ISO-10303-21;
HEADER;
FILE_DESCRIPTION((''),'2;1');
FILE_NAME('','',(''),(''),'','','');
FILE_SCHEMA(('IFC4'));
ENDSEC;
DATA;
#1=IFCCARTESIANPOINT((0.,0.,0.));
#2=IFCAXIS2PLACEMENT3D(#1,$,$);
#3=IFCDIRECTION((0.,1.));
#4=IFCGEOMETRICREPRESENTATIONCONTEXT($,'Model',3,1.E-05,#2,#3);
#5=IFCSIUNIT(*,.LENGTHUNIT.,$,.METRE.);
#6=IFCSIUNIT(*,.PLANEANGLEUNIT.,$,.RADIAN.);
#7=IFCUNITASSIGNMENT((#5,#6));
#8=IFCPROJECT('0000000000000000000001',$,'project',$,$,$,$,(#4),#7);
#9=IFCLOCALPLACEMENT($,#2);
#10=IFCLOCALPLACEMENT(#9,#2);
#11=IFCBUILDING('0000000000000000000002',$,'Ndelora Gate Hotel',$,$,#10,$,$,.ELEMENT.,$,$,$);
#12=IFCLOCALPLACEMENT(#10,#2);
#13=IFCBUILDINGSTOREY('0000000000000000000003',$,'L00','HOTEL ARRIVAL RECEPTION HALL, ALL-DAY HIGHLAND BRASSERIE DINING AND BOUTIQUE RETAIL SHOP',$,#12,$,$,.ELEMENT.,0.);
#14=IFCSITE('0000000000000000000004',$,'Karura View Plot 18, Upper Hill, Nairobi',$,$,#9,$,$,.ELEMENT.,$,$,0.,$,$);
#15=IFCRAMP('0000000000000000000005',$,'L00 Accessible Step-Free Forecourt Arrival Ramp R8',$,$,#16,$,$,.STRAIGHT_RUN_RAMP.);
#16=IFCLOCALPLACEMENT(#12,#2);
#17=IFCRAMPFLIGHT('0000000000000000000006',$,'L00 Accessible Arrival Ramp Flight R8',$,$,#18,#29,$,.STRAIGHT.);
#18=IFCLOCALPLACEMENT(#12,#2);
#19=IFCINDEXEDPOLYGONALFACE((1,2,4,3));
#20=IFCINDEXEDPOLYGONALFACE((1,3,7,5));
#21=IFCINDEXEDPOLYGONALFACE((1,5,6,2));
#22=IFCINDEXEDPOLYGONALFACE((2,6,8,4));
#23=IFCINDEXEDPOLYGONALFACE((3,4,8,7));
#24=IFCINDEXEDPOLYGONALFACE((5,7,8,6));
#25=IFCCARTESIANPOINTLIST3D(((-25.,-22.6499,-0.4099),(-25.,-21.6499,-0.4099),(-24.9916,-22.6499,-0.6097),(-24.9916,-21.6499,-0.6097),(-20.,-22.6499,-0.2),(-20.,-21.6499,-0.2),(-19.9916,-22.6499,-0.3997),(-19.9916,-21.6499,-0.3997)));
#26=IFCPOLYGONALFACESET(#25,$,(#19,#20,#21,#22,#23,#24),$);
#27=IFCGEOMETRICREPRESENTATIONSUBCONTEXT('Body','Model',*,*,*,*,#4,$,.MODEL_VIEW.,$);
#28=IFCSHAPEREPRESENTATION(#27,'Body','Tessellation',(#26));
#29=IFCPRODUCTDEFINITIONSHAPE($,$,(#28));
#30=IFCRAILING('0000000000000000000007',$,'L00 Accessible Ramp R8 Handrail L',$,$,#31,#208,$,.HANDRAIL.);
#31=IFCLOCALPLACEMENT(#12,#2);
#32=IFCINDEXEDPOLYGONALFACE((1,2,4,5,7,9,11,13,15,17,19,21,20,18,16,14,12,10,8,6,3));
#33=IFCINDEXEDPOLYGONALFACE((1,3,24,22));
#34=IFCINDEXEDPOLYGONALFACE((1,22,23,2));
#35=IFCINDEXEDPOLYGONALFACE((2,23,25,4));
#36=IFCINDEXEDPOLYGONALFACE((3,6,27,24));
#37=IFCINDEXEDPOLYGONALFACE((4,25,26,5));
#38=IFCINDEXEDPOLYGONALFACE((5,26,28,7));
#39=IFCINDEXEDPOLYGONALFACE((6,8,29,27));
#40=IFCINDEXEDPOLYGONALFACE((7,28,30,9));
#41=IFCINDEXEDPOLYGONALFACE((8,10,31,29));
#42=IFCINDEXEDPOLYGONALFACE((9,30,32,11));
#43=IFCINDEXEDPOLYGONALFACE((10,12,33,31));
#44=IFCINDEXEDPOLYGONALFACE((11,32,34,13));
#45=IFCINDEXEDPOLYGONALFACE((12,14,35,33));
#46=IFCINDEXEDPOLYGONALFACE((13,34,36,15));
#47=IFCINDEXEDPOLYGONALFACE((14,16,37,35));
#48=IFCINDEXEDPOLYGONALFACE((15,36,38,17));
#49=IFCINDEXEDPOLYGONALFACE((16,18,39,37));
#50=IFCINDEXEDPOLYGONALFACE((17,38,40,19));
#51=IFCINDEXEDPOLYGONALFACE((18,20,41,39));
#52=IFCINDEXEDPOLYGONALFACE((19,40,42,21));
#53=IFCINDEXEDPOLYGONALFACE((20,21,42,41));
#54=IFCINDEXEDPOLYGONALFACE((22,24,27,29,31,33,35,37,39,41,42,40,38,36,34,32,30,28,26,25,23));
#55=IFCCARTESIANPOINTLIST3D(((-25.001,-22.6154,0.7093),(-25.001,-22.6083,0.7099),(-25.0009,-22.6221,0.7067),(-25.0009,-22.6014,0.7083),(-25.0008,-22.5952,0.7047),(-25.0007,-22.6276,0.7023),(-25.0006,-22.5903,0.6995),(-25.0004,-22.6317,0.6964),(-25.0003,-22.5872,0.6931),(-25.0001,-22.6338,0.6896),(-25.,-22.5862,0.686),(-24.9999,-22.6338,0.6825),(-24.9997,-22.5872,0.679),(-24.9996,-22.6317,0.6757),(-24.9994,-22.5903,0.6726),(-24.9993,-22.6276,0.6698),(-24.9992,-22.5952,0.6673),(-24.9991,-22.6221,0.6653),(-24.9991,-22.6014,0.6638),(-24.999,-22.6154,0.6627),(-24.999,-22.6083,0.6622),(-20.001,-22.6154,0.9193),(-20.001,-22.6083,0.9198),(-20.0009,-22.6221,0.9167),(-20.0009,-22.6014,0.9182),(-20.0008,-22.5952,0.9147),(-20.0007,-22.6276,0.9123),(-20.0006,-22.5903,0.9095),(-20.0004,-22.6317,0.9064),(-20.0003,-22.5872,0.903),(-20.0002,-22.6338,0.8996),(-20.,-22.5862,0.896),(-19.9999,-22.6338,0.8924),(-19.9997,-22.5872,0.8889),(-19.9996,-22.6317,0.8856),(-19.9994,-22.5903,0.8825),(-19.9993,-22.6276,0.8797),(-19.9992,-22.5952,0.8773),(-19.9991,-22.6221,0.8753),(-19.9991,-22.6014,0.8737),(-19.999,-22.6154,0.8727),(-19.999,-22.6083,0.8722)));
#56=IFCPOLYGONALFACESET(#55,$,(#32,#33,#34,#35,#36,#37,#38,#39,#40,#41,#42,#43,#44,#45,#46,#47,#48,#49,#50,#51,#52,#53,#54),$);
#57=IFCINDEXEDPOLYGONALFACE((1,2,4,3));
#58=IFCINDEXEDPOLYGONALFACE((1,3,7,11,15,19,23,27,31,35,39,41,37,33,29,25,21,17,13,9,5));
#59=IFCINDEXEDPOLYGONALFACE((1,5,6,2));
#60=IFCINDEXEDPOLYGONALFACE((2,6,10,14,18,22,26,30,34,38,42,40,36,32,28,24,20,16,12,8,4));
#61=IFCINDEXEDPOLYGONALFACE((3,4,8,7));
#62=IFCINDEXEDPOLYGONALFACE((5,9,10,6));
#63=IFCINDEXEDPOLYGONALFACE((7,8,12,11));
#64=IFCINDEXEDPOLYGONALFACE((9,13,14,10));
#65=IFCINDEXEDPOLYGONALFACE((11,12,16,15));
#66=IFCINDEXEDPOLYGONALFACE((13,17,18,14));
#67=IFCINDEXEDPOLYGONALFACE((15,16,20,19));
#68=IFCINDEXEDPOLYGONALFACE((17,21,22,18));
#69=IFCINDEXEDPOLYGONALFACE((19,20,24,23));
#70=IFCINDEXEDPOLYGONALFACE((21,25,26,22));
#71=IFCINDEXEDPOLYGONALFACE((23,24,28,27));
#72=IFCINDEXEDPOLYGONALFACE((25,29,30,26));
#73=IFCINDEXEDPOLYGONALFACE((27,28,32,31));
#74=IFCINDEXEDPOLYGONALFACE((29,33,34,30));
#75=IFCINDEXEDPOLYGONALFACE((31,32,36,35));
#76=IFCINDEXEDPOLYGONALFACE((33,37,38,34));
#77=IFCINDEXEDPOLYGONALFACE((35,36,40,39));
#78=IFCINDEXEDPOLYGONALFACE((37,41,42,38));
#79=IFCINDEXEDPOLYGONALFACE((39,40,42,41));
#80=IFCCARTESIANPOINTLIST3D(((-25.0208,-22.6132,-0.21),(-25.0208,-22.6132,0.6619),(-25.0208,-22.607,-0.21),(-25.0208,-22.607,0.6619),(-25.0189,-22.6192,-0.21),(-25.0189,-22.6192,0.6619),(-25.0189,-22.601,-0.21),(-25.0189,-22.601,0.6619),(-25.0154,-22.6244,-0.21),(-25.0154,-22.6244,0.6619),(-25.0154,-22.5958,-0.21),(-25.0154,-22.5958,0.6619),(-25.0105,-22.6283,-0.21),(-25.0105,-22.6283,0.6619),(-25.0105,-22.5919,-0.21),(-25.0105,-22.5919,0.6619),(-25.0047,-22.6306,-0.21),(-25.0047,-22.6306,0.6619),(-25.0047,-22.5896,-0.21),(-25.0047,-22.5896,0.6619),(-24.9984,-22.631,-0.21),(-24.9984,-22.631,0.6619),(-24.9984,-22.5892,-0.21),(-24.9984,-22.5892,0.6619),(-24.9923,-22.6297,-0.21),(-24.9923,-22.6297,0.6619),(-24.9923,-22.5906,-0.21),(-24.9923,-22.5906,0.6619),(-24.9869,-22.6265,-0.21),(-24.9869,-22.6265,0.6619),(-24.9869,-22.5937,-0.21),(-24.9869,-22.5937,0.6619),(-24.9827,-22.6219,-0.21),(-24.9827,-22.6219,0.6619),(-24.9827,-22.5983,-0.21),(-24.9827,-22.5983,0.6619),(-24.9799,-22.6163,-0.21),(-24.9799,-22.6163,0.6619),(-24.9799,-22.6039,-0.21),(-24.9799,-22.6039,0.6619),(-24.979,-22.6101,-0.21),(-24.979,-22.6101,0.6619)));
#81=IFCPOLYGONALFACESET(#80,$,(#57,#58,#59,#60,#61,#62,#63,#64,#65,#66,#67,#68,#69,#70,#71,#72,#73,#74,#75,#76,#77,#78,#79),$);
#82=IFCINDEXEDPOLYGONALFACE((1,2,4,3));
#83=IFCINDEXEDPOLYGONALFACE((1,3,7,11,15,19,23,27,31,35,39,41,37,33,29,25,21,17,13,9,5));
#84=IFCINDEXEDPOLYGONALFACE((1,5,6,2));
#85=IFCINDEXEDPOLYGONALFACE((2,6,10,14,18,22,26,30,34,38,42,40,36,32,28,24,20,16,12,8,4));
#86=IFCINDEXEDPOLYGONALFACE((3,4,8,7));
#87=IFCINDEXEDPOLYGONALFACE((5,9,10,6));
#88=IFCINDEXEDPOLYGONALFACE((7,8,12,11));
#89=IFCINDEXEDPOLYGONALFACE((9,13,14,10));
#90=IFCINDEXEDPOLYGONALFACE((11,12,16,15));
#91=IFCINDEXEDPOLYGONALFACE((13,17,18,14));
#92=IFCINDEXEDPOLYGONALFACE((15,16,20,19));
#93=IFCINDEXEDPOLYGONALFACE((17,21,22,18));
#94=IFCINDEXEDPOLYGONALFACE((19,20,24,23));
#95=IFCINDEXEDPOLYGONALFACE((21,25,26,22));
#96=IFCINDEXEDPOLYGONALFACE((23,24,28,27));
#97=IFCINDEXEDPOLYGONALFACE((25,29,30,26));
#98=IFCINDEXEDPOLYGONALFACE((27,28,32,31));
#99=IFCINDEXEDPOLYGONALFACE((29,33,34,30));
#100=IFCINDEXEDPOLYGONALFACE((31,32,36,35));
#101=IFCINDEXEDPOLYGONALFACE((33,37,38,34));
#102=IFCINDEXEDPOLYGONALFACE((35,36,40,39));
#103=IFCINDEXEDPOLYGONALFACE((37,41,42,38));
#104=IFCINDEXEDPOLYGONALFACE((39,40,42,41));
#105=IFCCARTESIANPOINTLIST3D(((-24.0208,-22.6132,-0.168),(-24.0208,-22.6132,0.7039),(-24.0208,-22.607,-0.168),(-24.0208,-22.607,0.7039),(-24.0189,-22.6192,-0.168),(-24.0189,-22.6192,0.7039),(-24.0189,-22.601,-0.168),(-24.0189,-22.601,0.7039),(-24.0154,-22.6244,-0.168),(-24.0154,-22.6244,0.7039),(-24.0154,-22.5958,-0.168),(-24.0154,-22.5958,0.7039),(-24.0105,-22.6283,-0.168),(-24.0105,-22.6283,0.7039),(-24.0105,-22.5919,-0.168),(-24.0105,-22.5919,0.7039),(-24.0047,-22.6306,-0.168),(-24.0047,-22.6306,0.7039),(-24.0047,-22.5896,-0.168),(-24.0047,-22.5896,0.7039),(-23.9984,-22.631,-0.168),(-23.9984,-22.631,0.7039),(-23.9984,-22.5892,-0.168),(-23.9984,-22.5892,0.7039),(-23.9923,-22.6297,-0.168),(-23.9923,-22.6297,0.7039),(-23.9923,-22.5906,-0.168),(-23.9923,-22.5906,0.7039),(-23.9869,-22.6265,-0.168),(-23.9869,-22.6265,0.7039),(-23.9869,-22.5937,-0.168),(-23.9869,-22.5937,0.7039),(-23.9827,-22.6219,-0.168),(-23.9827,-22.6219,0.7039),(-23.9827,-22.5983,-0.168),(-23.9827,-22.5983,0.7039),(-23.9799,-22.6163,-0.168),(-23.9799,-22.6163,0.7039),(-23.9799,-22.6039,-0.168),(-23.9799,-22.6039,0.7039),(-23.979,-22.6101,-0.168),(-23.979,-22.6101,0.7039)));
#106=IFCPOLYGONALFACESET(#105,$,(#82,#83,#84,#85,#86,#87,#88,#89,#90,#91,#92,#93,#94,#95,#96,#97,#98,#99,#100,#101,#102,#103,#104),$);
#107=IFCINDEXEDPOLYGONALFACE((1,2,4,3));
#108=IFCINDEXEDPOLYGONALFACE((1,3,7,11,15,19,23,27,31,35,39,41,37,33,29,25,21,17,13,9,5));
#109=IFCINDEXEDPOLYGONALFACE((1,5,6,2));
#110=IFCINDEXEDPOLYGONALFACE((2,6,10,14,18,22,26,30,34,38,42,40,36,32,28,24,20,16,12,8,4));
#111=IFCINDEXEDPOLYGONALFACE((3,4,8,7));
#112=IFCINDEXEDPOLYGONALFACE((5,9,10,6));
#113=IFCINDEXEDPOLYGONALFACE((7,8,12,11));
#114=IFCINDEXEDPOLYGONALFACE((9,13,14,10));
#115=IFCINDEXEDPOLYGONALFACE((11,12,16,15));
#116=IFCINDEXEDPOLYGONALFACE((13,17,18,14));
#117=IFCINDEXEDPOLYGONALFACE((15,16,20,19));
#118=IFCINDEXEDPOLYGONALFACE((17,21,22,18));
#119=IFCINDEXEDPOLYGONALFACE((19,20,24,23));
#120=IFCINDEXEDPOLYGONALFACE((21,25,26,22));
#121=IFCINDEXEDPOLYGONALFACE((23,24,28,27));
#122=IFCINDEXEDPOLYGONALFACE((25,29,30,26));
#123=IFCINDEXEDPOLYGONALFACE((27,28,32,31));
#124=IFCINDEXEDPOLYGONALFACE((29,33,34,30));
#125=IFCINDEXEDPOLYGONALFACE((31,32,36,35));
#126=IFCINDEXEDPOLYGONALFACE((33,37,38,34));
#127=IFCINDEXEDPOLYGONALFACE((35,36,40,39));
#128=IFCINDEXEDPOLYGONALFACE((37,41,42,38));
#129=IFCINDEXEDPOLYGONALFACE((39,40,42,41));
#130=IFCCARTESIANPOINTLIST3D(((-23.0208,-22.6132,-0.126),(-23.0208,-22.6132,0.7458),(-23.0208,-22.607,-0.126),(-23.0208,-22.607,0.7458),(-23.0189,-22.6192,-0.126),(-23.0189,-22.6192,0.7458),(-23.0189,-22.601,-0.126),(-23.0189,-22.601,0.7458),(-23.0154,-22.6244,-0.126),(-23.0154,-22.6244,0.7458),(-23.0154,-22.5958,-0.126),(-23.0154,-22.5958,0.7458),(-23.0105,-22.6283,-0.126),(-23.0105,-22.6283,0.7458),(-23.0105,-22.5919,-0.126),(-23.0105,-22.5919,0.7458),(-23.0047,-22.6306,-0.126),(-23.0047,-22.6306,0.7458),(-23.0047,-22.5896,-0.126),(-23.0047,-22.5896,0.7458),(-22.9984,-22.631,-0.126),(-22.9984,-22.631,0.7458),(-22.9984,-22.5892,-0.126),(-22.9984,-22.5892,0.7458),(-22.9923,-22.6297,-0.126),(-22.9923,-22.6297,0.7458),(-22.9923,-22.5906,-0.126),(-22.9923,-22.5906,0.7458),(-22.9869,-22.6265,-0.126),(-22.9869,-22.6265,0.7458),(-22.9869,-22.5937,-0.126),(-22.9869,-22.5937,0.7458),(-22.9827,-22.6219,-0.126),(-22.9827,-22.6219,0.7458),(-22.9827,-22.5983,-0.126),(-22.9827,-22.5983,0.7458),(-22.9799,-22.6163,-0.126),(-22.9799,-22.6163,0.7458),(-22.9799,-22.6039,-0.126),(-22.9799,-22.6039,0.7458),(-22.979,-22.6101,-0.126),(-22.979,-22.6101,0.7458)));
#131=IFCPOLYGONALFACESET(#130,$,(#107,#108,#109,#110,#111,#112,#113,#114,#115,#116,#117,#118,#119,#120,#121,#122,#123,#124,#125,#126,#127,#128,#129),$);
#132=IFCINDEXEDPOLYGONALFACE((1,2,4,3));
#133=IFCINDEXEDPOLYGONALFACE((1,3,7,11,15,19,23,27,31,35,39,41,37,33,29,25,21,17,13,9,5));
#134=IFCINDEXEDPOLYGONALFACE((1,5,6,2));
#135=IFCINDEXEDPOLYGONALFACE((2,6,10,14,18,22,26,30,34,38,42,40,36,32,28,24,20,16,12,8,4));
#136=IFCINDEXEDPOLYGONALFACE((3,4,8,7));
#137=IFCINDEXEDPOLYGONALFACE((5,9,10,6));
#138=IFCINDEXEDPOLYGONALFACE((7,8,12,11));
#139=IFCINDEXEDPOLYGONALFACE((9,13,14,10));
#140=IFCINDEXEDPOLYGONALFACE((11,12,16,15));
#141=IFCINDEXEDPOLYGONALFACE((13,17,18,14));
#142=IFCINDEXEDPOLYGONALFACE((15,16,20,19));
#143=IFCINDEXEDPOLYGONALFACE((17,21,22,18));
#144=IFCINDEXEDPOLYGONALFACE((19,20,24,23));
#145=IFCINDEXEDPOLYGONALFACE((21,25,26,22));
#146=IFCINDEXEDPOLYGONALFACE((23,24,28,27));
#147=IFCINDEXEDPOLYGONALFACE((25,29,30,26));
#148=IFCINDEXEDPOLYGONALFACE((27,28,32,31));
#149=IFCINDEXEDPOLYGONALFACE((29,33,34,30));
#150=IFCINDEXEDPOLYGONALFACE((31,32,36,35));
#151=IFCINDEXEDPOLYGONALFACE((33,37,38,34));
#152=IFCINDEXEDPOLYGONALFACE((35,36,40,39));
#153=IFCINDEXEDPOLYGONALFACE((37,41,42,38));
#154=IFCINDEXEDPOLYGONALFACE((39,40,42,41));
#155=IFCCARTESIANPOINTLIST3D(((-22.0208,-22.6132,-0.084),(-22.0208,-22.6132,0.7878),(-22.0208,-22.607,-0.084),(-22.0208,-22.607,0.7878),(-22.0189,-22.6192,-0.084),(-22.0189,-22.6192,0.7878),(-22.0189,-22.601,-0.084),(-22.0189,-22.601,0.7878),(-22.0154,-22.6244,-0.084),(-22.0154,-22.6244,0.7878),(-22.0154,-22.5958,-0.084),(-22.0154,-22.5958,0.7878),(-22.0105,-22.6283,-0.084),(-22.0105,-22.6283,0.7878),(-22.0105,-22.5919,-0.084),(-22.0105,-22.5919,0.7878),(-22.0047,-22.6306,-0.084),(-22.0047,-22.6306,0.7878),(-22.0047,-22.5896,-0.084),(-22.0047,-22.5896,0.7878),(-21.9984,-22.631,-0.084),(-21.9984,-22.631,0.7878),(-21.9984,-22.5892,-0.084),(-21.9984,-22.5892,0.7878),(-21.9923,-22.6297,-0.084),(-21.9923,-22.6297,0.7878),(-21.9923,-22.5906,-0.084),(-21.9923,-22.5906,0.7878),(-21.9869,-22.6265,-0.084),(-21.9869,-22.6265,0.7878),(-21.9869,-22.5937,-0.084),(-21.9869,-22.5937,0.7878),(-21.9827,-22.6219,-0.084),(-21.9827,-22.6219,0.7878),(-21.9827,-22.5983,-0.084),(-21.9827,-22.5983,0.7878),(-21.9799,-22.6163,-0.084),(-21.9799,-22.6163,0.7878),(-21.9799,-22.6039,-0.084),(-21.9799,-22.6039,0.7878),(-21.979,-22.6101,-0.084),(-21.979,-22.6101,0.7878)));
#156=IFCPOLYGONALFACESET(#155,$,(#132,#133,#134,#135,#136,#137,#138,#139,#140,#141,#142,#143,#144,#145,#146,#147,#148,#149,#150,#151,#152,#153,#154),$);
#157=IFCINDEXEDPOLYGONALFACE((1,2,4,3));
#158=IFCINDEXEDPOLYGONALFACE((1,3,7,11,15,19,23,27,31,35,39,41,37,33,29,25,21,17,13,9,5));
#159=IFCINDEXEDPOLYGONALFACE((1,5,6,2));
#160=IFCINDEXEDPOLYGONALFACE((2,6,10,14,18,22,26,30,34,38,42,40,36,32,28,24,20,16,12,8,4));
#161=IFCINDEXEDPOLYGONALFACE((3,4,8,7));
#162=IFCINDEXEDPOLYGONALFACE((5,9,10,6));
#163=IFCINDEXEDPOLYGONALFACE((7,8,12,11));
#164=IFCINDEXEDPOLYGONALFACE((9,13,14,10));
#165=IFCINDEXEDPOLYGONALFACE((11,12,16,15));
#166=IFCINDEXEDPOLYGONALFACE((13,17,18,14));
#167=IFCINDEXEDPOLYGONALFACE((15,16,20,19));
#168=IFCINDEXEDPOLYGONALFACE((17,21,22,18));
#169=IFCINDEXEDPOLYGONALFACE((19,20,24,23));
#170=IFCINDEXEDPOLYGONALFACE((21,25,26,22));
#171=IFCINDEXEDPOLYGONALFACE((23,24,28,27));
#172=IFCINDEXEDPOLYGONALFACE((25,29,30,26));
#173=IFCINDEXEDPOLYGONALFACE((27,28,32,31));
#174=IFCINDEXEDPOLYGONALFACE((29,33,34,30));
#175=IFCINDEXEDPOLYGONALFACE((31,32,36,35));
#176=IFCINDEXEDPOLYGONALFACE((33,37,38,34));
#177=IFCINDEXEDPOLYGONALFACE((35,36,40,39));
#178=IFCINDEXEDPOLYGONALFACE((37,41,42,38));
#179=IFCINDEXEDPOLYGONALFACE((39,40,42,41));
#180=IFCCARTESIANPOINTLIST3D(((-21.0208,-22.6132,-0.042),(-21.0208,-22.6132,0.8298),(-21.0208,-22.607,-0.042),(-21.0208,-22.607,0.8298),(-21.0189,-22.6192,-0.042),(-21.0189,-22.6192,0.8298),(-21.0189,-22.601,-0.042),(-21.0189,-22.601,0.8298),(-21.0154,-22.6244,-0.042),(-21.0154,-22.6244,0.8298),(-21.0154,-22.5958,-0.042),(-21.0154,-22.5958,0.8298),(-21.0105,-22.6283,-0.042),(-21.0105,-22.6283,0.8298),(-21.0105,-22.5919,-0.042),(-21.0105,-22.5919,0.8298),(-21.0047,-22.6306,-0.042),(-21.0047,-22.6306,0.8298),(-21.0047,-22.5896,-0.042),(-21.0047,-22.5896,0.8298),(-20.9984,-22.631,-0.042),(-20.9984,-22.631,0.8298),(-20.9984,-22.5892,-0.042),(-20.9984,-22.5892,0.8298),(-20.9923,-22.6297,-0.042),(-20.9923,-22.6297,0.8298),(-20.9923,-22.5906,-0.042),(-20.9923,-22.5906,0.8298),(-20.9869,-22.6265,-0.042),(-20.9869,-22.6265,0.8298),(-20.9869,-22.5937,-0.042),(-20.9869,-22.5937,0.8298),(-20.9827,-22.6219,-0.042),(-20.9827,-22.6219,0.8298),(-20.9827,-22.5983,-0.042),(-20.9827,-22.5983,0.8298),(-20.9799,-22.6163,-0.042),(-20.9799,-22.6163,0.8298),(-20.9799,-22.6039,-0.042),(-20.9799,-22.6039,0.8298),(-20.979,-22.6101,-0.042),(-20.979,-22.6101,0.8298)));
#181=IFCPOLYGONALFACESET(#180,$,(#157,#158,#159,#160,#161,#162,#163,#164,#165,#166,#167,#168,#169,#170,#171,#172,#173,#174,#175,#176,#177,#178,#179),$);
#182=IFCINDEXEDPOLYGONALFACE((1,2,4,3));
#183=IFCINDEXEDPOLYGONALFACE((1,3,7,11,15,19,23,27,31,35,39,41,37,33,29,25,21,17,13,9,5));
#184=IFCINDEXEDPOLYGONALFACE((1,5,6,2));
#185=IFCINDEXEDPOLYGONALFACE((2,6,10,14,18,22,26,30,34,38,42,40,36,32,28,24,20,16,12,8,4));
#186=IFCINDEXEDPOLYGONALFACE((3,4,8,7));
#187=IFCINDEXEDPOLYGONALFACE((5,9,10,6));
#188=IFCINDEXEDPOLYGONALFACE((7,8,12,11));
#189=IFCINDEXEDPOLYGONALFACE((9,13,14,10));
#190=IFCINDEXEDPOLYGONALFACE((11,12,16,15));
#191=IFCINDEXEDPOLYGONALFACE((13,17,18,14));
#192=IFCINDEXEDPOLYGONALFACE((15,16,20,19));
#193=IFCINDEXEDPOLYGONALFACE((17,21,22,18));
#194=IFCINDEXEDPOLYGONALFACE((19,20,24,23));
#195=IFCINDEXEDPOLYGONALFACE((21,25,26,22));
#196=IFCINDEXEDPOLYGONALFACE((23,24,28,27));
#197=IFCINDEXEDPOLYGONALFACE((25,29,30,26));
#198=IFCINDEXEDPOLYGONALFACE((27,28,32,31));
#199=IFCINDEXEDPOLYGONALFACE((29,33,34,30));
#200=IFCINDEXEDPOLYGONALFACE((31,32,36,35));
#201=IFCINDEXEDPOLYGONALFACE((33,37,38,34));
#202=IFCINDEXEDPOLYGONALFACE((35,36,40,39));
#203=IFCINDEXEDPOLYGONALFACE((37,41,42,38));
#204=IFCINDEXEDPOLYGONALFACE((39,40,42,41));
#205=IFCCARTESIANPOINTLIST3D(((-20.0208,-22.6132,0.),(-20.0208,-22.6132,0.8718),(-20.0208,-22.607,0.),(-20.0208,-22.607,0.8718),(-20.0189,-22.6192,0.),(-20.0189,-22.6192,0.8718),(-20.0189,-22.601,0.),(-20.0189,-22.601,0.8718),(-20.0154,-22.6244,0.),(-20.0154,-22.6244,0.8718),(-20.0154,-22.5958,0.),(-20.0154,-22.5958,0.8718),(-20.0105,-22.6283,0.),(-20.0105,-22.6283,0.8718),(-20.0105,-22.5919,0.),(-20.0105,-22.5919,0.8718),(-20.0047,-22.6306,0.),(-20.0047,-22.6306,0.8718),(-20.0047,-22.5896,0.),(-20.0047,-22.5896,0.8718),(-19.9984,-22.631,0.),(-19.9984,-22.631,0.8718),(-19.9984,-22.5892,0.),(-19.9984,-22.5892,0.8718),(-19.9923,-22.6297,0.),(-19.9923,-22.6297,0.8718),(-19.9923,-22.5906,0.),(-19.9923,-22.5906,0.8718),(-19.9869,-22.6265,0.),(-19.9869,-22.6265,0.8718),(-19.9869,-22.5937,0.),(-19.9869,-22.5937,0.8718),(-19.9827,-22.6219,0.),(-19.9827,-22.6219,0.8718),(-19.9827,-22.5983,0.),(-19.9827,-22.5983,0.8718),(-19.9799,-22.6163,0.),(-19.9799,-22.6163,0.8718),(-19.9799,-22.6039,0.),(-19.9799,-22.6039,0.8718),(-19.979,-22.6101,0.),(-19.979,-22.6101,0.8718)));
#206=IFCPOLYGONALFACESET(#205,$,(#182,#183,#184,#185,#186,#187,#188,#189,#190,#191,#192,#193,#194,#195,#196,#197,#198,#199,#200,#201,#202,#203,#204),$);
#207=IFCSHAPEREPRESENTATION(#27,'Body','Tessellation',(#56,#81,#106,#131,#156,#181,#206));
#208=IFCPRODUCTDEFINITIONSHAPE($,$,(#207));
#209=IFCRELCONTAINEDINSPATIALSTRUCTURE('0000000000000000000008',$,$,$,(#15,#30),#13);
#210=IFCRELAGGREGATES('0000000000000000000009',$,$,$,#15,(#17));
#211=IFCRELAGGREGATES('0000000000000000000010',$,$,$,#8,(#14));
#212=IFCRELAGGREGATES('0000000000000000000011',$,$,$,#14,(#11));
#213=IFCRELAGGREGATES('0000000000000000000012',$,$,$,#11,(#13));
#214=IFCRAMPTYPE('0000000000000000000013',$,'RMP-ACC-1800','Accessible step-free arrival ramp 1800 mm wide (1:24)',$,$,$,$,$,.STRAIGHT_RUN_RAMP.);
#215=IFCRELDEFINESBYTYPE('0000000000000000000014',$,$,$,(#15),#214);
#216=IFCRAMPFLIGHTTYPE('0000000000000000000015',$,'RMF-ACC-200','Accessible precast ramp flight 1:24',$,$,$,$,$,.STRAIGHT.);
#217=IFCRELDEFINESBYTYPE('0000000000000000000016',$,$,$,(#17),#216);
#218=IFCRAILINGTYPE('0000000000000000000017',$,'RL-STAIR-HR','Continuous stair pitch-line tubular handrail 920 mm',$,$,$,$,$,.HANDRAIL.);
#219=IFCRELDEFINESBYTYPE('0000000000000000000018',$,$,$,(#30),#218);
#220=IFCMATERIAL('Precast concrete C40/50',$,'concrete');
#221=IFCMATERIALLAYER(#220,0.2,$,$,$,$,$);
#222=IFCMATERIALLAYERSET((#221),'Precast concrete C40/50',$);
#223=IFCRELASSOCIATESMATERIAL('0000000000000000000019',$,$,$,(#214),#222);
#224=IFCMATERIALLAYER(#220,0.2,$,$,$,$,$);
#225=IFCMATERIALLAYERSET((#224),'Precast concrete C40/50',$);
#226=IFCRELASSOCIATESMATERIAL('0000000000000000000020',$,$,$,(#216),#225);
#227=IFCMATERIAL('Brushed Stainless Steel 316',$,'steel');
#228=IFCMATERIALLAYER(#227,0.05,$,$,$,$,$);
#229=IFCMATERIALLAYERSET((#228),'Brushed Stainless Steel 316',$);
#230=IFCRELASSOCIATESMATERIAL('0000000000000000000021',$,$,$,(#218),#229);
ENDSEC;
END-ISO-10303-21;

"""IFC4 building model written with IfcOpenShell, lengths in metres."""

from ifc_helpers import new_model, si_unit, direction, frame, origin, origin_2d, place, context, subcontext, project, spatial, polyline, circle, outline, extrude, material, layer, layer_set, type_object, element, aggregate, save


model = new_model("IFC4")

# Units and contexts
model_context = context("Model", 3, precision=1e-05, world=origin(), true_north=direction((0.0, 1.0)))
body_context = subcontext(model_context, "Body", "Model", "MODEL_VIEW")
ifc_project = project(units=[si_unit("LENGTHUNIT", "METRE"), si_unit("PLANEANGLEUNIT", "RADIAN")], contexts=[model_context])

# Site, building, storey
site_placement = place(None, origin())
site = spatial("IfcSite", under=ifc_project, at=site_placement, Name="Karura View Plot 18, Upper Hill, Nairobi", CompositionType="ELEMENT", RefElevation=0.0)
building_placement = place(site_placement, origin())
building = spatial("IfcBuilding", under=site, at=building_placement, Name="Ndelora Gate Hotel", CompositionType="ELEMENT")
storey_placement = place(building_placement, origin())
storey = spatial("IfcBuildingStorey", under=building, at=storey_placement, Name="L00", Description="HOTEL ARRIVAL RECEPTION HALL, ALL-DAY HIGHLAND BRASSERIE DINING AND BOUTIQUE RETAIL SHOP", CompositionType="ELEMENT", Elevation=0.0)

# Ramp, ramp flight
ifc_material_1 = material(Name="Precast concrete C40/50", Category="concrete")
ifc_layer_1 = layer(ifc_material_1, 0.2)
ifc_layer_set_1 = layer_set([ifc_layer_1], Name="Precast concrete C40/50")
ramp_type = type_object("IfcRampType", Name="RMP-ACC-1800", Description="Accessible step-free arrival ramp 1800 mm wide (1:24)", PredefinedType="STRAIGHT_RUN_RAMP", material=ifc_layer_set_1)
ramp_placement = place(storey_placement, origin())
ramp = element("IfcRamp", 1, at=ramp_placement, inside=storey, type_object=ramp_type, Name="L00 Accessible Step-Free Forecourt Arrival Ramp R8", PredefinedType="STRAIGHT_RUN_RAMP")
ifc_layer_2 = layer(ifc_material_1, 0.2)
ifc_layer_set_2 = layer_set([ifc_layer_2], Name="Precast concrete C40/50")
ramp_flight_type = type_object("IfcRampFlightType", Name="RMF-ACC-200", Description="Accessible precast ramp flight 1:24", PredefinedType="STRAIGHT", material=ifc_layer_set_2)
ramp_flight_placement = place(storey_placement, frame((-25.0, -22.6499, -0.4099), z_axis=(-0.041955, 0.0, 0.999119), x_axis=(0.999119, 0.0, 0.041955)))
ramp_flight = element("IfcRampFlight", 2, at=ramp_flight_placement, type_object=ramp_flight_type, Name="L00 Accessible Arrival Ramp Flight R8", PredefinedType="STRAIGHT", context=body_context, shape_type="SweptSolid", body=[
    extrude(outline(polyline([(0.0, 0.0), (5.0044, 0.0), (5.0044, 1.0), (0.0, 1.0), (0.0, 0.0)])), origin(), (0.0, 0.0, -1.0), 0.2),
])
aggregate(ramp, [ramp_flight])

# Railing
ifc_material_2 = material(Name="Brushed Stainless Steel 316", Category="steel")
ifc_layer_3 = layer(ifc_material_2, 0.05)
ifc_layer_set_3 = layer_set([ifc_layer_3], Name="Brushed Stainless Steel 316")
railing_type = type_object("IfcRailingType", Name="RL-STAIR-HR", Description="Continuous stair pitch-line tubular handrail 920 mm", PredefinedType="HANDRAIL", material=ifc_layer_set_3)
for number, where, name in (
    (3, (-25.0, -22.6101, -0.21), "L00 Accessible Ramp R8 Handrail L"),
):
    element("IfcRailing", number, at=place(storey_placement, frame(where)), inside=storey, type_object=railing_type, Name=name, PredefinedType="HANDRAIL", context=body_context, shape_type="SweptSolid", body=[
        extrude(circle(Radius=0.0239, at=origin_2d()), frame((0.0, 0.0, 0.896), z_axis=(0.999119, 0.0, 0.041955), x_axis=(0.0, 1.0, 0.0)), (0.0, 0.0, 1.0), 5.0044),
        extrude(circle(Radius=0.021, at=origin_2d()), origin(), (0.0, 0.0, 1.0), 0.8718),
        extrude(circle(Radius=0.021, at=origin_2d()), frame((1.0, 0.0, 0.042)), (0.0, 0.0, 1.0), 0.8718),
        extrude(circle(Radius=0.021, at=origin_2d()), frame((2.0, 0.0, 0.084)), (0.0, 0.0, 1.0), 0.8718),
        extrude(circle(Radius=0.021, at=origin_2d()), frame((3.0, 0.0, 0.126)), (0.0, 0.0, 1.0), 0.8718),
        extrude(circle(Radius=0.021, at=origin_2d()), frame((4.0, 0.0, 0.168)), (0.0, 0.0, 1.0), 0.8718),
        extrude(circle(Radius=0.021, at=origin_2d()), frame((5.0, 0.0, 0.21)), (0.0, 0.0, 1.0), 0.8718),
    ])

save(model, "model.ifc")
